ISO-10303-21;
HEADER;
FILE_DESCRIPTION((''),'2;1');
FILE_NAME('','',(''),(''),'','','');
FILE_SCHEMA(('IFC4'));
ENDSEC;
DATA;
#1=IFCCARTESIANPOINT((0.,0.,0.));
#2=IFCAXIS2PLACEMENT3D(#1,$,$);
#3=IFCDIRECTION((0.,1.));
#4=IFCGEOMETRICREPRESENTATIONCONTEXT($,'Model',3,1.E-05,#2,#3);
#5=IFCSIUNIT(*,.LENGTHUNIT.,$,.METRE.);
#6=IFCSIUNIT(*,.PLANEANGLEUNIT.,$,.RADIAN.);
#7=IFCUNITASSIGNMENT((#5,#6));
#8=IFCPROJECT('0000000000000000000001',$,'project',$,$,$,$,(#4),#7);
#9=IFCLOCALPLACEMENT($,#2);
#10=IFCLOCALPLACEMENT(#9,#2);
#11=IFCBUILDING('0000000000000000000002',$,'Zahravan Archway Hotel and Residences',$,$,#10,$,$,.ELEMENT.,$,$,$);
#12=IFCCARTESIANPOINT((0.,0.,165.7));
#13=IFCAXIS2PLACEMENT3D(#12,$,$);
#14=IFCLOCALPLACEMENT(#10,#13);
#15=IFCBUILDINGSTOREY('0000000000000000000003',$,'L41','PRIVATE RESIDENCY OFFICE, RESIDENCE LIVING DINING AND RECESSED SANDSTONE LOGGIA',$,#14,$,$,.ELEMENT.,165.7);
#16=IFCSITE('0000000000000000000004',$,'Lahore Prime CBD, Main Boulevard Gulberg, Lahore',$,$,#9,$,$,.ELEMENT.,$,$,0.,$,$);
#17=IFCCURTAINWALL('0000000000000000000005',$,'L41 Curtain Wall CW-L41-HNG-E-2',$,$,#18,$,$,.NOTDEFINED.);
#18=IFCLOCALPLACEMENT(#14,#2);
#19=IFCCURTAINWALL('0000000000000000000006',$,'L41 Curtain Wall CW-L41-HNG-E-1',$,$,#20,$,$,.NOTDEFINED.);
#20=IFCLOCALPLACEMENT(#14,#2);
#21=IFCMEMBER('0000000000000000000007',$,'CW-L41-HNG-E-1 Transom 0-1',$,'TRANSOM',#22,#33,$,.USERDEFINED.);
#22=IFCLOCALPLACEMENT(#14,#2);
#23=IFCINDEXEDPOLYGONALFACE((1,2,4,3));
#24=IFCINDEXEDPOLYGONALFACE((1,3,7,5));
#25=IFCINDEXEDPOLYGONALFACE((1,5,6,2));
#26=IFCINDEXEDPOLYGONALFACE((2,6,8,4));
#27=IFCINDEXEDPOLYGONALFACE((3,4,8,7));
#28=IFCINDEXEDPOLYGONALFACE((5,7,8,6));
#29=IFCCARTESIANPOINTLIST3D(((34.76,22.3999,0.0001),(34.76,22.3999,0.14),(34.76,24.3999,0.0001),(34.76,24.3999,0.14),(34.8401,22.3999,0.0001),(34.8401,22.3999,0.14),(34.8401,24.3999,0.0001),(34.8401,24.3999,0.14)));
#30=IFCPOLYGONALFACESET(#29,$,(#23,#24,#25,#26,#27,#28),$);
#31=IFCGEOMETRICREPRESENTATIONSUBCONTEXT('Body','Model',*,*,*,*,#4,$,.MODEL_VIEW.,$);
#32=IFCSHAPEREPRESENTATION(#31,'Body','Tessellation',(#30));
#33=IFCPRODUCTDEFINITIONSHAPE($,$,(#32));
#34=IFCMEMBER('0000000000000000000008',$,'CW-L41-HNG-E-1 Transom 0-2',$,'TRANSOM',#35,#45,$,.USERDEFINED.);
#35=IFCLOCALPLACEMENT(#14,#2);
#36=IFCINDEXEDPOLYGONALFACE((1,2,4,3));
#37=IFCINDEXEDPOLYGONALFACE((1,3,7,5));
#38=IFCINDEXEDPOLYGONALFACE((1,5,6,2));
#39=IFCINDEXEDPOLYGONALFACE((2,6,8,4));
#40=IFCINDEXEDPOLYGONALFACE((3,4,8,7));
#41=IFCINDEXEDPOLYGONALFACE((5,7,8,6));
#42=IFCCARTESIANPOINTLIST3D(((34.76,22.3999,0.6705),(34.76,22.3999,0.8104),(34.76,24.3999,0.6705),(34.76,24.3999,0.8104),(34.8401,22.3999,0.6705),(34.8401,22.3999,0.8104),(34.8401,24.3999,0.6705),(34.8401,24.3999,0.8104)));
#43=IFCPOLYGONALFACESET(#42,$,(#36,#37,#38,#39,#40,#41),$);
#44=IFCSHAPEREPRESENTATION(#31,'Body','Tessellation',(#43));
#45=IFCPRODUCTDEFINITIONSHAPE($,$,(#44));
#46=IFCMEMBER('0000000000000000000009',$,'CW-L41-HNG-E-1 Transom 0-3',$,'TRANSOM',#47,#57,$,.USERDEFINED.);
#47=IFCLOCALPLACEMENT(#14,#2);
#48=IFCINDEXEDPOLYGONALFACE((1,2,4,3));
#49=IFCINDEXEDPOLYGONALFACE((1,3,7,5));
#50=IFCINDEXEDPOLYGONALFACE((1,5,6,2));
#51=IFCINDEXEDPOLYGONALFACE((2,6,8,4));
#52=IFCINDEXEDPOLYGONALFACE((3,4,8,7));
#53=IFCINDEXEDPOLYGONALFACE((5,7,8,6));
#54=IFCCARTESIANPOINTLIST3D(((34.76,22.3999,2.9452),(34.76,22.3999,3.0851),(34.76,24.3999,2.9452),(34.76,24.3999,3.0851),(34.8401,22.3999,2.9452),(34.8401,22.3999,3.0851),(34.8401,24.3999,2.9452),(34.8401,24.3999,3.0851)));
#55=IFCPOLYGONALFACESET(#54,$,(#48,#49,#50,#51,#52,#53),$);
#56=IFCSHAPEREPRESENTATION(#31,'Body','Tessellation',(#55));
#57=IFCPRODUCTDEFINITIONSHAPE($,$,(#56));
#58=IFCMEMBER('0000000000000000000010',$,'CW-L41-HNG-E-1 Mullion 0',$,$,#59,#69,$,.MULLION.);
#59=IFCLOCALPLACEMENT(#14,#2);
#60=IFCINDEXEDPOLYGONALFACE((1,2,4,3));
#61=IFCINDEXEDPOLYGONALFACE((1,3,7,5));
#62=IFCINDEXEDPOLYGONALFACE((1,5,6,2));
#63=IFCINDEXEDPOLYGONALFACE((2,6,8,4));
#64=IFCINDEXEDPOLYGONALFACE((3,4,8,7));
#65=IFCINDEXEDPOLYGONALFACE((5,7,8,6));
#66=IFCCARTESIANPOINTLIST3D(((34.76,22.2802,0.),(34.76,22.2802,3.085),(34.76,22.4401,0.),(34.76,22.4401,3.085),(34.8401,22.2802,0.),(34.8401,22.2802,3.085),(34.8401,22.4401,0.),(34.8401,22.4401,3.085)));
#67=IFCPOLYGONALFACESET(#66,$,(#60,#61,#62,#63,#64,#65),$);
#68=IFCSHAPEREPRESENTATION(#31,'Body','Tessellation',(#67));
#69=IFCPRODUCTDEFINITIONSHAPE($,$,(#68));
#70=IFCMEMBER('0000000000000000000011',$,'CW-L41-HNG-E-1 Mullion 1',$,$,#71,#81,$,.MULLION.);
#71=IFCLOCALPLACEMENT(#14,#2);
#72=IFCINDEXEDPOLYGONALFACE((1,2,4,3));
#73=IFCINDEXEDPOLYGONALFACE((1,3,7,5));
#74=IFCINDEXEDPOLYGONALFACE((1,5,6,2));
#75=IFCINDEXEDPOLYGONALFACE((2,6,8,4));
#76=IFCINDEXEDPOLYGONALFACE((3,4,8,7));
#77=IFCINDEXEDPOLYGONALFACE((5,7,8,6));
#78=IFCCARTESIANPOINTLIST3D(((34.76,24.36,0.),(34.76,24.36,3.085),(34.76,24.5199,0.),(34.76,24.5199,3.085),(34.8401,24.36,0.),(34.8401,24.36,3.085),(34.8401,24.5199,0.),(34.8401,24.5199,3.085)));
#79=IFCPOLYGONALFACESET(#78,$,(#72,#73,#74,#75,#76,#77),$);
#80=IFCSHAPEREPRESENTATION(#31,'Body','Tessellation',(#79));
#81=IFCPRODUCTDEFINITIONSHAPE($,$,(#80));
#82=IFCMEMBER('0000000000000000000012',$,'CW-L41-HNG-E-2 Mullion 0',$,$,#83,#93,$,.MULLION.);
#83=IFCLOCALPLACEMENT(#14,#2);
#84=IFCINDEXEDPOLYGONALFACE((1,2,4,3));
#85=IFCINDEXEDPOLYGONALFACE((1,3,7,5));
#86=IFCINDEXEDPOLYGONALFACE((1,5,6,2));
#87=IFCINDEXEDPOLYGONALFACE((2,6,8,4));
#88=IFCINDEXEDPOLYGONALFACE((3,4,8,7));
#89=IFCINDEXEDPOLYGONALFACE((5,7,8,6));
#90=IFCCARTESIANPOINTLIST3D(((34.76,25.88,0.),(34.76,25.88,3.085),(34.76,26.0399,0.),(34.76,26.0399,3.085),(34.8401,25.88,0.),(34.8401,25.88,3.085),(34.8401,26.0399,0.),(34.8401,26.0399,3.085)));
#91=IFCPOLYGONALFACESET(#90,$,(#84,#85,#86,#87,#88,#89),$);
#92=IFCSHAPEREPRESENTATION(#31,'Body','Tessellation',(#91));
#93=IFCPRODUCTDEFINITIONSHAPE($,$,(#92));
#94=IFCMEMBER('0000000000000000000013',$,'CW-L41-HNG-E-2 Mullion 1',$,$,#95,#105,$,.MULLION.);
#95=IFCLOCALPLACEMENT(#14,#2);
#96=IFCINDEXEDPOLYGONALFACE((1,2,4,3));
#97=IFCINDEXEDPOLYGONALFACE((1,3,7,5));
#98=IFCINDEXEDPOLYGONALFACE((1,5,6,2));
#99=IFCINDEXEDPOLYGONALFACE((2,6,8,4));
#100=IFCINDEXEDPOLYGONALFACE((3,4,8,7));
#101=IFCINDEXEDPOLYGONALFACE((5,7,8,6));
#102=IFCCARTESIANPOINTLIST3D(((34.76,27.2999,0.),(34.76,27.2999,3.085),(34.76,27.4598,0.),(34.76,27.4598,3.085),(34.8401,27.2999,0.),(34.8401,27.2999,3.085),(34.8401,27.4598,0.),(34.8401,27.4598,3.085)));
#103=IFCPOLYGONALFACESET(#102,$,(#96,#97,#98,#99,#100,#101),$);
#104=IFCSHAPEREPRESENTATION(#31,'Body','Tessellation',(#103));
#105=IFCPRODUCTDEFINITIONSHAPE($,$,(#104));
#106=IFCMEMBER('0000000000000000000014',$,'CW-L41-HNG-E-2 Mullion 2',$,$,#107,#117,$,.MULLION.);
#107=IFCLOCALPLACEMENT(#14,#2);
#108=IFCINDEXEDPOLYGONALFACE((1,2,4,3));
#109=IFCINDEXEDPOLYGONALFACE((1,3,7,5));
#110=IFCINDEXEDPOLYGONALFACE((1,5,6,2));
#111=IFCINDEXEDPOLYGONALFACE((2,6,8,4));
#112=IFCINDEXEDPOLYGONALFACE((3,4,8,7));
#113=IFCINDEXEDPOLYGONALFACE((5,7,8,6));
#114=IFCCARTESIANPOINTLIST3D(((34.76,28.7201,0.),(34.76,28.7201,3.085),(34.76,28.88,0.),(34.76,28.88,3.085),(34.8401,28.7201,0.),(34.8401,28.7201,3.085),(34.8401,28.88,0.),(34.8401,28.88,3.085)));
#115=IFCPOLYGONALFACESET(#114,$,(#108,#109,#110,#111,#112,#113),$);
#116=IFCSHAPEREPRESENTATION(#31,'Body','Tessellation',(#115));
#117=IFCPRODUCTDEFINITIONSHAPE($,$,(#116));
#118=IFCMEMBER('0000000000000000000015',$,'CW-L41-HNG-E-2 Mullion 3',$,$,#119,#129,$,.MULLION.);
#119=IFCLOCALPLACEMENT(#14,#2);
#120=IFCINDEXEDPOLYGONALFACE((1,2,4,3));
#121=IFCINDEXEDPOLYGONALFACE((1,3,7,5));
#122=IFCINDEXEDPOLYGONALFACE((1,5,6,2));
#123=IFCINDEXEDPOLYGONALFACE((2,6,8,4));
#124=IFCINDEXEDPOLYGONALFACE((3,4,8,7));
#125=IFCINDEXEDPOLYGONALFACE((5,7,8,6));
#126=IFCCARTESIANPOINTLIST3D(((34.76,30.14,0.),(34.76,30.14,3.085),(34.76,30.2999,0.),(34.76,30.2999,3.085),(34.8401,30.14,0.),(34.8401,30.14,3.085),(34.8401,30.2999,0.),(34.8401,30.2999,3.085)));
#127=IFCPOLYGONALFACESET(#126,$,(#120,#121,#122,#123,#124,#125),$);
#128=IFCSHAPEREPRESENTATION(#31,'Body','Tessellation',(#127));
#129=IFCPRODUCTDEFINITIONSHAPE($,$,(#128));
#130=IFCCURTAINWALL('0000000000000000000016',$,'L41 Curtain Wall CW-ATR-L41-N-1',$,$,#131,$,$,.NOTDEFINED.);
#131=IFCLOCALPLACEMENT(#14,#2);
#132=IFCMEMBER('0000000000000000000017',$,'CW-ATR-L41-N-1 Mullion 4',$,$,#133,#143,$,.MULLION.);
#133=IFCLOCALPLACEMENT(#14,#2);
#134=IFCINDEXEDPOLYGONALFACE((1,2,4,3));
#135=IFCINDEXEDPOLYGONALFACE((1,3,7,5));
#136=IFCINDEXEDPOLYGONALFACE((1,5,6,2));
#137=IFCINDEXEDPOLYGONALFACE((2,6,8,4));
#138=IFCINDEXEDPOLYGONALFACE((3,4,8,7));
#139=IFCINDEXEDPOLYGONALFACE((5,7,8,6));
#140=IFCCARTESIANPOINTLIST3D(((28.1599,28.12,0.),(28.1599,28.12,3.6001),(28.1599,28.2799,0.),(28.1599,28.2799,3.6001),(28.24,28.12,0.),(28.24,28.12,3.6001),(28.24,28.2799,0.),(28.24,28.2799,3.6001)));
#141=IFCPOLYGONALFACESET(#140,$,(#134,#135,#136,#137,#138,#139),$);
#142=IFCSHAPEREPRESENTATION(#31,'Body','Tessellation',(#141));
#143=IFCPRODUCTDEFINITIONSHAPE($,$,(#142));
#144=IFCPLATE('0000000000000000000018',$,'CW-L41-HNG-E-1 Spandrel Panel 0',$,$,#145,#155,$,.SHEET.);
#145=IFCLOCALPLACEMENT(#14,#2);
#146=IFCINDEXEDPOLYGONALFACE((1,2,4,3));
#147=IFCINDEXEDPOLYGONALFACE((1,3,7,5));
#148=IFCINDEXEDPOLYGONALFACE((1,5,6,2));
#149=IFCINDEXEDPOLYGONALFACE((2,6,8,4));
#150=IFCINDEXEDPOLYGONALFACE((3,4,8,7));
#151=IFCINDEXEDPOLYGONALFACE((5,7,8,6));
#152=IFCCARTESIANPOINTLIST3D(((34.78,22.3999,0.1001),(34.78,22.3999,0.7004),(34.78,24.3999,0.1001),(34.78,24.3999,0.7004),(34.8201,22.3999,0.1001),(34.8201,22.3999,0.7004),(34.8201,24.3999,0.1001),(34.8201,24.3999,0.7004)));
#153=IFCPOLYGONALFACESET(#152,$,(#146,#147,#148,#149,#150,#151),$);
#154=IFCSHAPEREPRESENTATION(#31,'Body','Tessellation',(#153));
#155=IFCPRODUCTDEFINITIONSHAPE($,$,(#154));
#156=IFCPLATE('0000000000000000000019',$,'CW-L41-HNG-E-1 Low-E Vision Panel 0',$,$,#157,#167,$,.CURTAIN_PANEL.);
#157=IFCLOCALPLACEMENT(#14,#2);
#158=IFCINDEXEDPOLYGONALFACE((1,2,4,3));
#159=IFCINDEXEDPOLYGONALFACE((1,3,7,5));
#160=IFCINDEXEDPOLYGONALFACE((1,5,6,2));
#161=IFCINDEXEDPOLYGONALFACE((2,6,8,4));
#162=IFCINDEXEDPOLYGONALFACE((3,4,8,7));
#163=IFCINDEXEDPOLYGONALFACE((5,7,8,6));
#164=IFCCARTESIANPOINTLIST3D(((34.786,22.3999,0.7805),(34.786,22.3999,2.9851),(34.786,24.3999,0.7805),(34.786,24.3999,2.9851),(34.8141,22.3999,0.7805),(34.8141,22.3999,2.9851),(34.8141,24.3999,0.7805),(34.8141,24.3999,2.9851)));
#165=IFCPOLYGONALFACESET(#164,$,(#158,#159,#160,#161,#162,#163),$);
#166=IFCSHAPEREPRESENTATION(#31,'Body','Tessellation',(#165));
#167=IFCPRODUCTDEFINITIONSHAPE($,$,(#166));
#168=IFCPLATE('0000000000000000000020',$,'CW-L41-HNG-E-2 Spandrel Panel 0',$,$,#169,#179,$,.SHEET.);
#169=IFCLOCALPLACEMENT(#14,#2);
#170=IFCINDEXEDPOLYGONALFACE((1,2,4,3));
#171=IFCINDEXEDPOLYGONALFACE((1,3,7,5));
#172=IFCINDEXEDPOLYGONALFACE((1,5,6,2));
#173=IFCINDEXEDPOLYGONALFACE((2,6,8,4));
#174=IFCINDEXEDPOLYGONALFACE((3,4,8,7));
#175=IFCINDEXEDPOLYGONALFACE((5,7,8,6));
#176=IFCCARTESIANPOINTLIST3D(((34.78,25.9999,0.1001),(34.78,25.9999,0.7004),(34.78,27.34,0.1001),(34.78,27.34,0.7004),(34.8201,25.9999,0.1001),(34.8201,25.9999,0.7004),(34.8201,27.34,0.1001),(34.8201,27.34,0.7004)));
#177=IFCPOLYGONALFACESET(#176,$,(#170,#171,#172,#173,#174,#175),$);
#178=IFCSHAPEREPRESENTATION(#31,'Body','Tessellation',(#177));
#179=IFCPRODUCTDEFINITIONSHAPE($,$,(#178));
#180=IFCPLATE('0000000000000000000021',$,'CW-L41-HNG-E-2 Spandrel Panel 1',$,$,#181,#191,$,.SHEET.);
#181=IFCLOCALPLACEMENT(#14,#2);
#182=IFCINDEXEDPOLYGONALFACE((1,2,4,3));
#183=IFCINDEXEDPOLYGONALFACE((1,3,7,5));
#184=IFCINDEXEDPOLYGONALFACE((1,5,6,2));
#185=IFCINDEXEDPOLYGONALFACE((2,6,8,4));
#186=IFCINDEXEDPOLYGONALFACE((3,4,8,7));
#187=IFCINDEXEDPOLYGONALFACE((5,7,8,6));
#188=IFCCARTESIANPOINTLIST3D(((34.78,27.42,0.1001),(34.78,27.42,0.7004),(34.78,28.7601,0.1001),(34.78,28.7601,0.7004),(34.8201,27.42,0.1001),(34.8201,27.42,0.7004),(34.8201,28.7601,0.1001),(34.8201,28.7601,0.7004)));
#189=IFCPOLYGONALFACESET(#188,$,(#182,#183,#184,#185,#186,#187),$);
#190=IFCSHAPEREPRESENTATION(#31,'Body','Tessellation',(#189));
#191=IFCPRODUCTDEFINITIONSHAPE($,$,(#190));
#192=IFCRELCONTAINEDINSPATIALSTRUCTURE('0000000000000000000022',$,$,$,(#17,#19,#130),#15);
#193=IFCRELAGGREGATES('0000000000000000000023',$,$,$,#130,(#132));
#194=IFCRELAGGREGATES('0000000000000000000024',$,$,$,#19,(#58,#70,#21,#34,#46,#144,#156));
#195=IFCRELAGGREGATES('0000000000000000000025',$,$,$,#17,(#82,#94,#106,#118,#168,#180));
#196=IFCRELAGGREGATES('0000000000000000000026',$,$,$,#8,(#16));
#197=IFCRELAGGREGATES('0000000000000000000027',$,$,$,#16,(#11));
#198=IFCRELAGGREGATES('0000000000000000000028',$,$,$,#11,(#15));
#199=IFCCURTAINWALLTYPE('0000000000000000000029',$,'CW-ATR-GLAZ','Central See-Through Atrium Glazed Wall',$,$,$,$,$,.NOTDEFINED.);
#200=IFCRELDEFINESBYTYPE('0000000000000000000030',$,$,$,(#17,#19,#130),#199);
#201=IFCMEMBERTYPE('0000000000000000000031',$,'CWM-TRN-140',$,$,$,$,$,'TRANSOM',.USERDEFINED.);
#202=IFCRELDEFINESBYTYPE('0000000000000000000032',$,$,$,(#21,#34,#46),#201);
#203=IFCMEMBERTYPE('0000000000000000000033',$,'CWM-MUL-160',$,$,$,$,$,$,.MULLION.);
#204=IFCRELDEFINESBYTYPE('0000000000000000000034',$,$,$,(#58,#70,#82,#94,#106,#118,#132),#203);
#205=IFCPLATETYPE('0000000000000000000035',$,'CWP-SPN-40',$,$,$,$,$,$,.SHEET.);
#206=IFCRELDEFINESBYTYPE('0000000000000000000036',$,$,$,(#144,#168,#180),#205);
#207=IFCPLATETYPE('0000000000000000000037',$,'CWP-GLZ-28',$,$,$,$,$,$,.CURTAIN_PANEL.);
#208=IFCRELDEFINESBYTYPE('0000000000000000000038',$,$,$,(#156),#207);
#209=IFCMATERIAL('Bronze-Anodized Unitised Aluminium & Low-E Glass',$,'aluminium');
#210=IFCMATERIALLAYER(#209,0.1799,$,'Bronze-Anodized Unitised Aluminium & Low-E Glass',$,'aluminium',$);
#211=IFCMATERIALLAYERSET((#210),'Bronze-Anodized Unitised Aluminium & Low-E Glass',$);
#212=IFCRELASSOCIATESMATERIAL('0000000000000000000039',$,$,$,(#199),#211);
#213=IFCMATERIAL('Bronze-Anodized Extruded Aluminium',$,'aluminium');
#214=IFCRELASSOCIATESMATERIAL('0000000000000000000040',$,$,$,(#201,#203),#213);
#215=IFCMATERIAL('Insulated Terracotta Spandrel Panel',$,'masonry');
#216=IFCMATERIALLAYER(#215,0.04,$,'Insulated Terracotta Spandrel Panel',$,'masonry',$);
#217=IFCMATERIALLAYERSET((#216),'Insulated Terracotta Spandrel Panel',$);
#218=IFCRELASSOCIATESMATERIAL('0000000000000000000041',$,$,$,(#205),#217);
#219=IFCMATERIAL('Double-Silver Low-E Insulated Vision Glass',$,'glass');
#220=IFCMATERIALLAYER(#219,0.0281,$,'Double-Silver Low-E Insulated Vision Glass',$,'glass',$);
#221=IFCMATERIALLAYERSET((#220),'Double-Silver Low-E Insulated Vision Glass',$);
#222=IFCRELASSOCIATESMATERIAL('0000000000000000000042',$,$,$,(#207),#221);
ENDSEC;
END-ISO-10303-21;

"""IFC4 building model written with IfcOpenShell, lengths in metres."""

from ifc_helpers import new_model, si_unit, direction, frame, origin, origin_2d, place, context, subcontext, project, spatial, rectangle, extrude, source, transform, mapped, material, layer, layer_set, material_profile, profile_set, type_object, element, aggregate, save


model = new_model("IFC4")

# Units and contexts
model_context = context("Model", 3, precision=1e-05, world=origin(), true_north=direction((0.0, 1.0)))
body_context = subcontext(model_context, "Body", "Model", "MODEL_VIEW")
ifc_project = project(units=[si_unit("LENGTHUNIT", "METRE"), si_unit("PLANEANGLEUNIT", "RADIAN")], contexts=[model_context])

# Site, building, storey
site_placement = place(None, origin())
site = spatial("IfcSite", under=ifc_project, at=site_placement, Name="Lahore Prime CBD, Main Boulevard Gulberg, Lahore", CompositionType="ELEMENT", RefElevation=0.0)
building_placement = place(site_placement, origin())
building = spatial("IfcBuilding", under=site, at=building_placement, Name="Zahravan Archway Hotel and Residences", CompositionType="ELEMENT")
storey_placement = place(building_placement, frame((0.0, 0.0, 165.7)))
storey = spatial("IfcBuildingStorey", under=building, at=storey_placement, Name="L41", Description="PRIVATE RESIDENCY OFFICE, RESIDENCE LIVING DINING AND RECESSED SANDSTONE LOGGIA", CompositionType="ELEMENT", Elevation=165.7)

# Curtain walls, members
ifc_material_1 = material(Name="Bronze-Anodized Unitised Aluminium & Low-E Glass", Category="aluminium")
ifc_layer_1 = layer(ifc_material_1, 0.1799, Name="Bronze-Anodized Unitised Aluminium & Low-E Glass", Category="aluminium")
ifc_layer_set_1 = layer_set([ifc_layer_1], Name="Bronze-Anodized Unitised Aluminium & Low-E Glass")
curtain_wall_type = type_object("IfcCurtainWallType", Name="CW-ATR-GLAZ", Description="Central See-Through Atrium Glazed Wall", PredefinedType="NOTDEFINED", material=ifc_layer_set_1)
curtain_wall_1_placement = place(storey_placement, origin())
curtain_wall_1 = element("IfcCurtainWall", 1, at=curtain_wall_1_placement, inside=storey, type_object=curtain_wall_type, Name="L41 Curtain Wall CW-L41-HNG-E-2", PredefinedType="NOTDEFINED")
ifc_material_2 = material(Name="Bronze-Anodized Extruded Aluminium", Category="aluminium")
ifc_material_profile_1 = material_profile(ifc_material_2, rectangle(XDim=0.0801, YDim=0.1399, at=origin_2d()), Name="TRN 80x140", Category="aluminium")
ifc_profile_set_1 = profile_set([ifc_material_profile_1], Name="Bronze-Anodized Extruded Aluminium")
member_type_1 = type_object("IfcMemberType", Name="CWM-TRN-140", ElementType="TRANSOM", PredefinedType="USERDEFINED", material=ifc_profile_set_1)
curtain_wall_2_placement = place(storey_placement, origin())
curtain_wall_2 = element("IfcCurtainWall", 2, at=curtain_wall_2_placement, inside=storey, type_object=curtain_wall_type, Name="L41 Curtain Wall CW-L41-HNG-E-1", PredefinedType="NOTDEFINED")
shared_shape_1 = source(origin(), body_context, "Body", "SweptSolid", [
    extrude(rectangle(XDim=0.0801, YDim=0.1399, at=origin_2d()), origin(), (0.0, 0.0, 1.0), 2.0),
])
member_1_placement = place(storey_placement, frame((34.8, 22.3999, 0.0701), z_axis=(0.0, 1.0, 0.0), x_axis=(-1.0, 0.0, 0.0)))
member_1 = element("IfcMember", 3, at=member_1_placement, type_object=member_type_1, Name="CW-L41-HNG-E-1 Transom 0-1", ObjectType="TRANSOM", PredefinedType="USERDEFINED", context=body_context, shape_type="MappedRepresentation", body=[
    mapped(shared_shape_1, transform((0.0, 0.0, 0.0), scale=1.0)),
])
member_2_placement = place(storey_placement, frame((34.8, 22.3999, 0.7405), z_axis=(0.0, 1.0, 0.0), x_axis=(-1.0, 0.0, 0.0)))
member_2 = element("IfcMember", 4, at=member_2_placement, type_object=member_type_1, Name="CW-L41-HNG-E-1 Transom 0-2", ObjectType="TRANSOM", PredefinedType="USERDEFINED", context=body_context, shape_type="MappedRepresentation", body=[
    mapped(shared_shape_1, transform((0.0, 0.0, 0.0), scale=1.0)),
])
member_3_placement = place(storey_placement, frame((34.8, 22.3999, 3.0151), z_axis=(0.0, 1.0, 0.0), x_axis=(-1.0, 0.0, 0.0)))
member_3 = element("IfcMember", 5, at=member_3_placement, type_object=member_type_1, Name="CW-L41-HNG-E-1 Transom 0-3", ObjectType="TRANSOM", PredefinedType="USERDEFINED", context=body_context, shape_type="MappedRepresentation", body=[
    mapped(shared_shape_1, transform((0.0, 0.0, 0.0), scale=1.0)),
])
ifc_material_profile_2 = material_profile(ifc_material_2, rectangle(XDim=0.0801, YDim=0.1599, at=origin_2d()), Name="MUL 80x160", Category="aluminium")
ifc_profile_set_2 = profile_set([ifc_material_profile_2], Name="Bronze-Anodized Extruded Aluminium")
member_type_2 = type_object("IfcMemberType", Name="CWM-MUL-160", PredefinedType="MULLION", material=ifc_profile_set_2)
shared_shape_2 = source(origin(), body_context, "Body", "SweptSolid", [
    extrude(rectangle(XDim=0.0801, YDim=0.1599, at=origin_2d()), origin(), (0.0, 0.0, 1.0), 3.085),
])
member_4_placement = place(storey_placement, frame((34.8, 22.3601, 0.0), z_axis=(0.0, 0.0, 1.0), x_axis=(1.0, 0.0, 0.0)))
member_4 = element("IfcMember", 6, at=member_4_placement, type_object=member_type_2, Name="CW-L41-HNG-E-1 Mullion 0", PredefinedType="MULLION", context=body_context, shape_type="MappedRepresentation", body=[
    mapped(shared_shape_2, transform((0.0, 0.0, 0.0), scale=1.0)),
])
member_5_placement = place(storey_placement, frame((34.8, 24.4399, 0.0), z_axis=(0.0, 0.0, 1.0), x_axis=(1.0, 0.0, 0.0)))
member_5 = element("IfcMember", 7, at=member_5_placement, type_object=member_type_2, Name="CW-L41-HNG-E-1 Mullion 1", PredefinedType="MULLION", context=body_context, shape_type="MappedRepresentation", body=[
    mapped(shared_shape_2, transform((0.0, 0.0, 0.0), scale=1.0)),
])

# Members
member_6_placement = place(storey_placement, frame((34.8, 25.96, 0.0), z_axis=(0.0, 0.0, 1.0), x_axis=(1.0, 0.0, 0.0)))
member_6 = element("IfcMember", 8, at=member_6_placement, type_object=member_type_2, Name="CW-L41-HNG-E-2 Mullion 0", PredefinedType="MULLION", context=body_context, shape_type="MappedRepresentation", body=[
    mapped(shared_shape_2, transform((0.0, 0.0, 0.0), scale=1.0)),
])
member_7_placement = place(storey_placement, frame((34.8, 27.3799, 0.0), z_axis=(0.0, 0.0, 1.0), x_axis=(1.0, 0.0, 0.0)))
member_7 = element("IfcMember", 9, at=member_7_placement, type_object=member_type_2, Name="CW-L41-HNG-E-2 Mullion 1", PredefinedType="MULLION", context=body_context, shape_type="MappedRepresentation", body=[
    mapped(shared_shape_2, transform((0.0, 0.0, 0.0), scale=1.0)),
])
member_8_placement = place(storey_placement, frame((34.8, 28.8, 0.0), z_axis=(0.0, 0.0, 1.0), x_axis=(1.0, 0.0, 0.0)))
member_8 = element("IfcMember", 10, at=member_8_placement, type_object=member_type_2, Name="CW-L41-HNG-E-2 Mullion 2", PredefinedType="MULLION", context=body_context, shape_type="MappedRepresentation", body=[
    mapped(shared_shape_2, transform((0.0, 0.0, 0.0), scale=1.0)),
])
member_9_placement = place(storey_placement, frame((34.8, 30.22, 0.0), z_axis=(0.0, 0.0, 1.0), x_axis=(1.0, 0.0, 0.0)))
member_9 = element("IfcMember", 11, at=member_9_placement, type_object=member_type_2, Name="CW-L41-HNG-E-2 Mullion 3", PredefinedType="MULLION", context=body_context, shape_type="MappedRepresentation", body=[
    mapped(shared_shape_2, transform((0.0, 0.0, 0.0), scale=1.0)),
])

# Curtain wall, member
curtain_wall_3_placement = place(storey_placement, origin())
curtain_wall_3 = element("IfcCurtainWall", 12, at=curtain_wall_3_placement, inside=storey, type_object=curtain_wall_type, Name="L41 Curtain Wall CW-ATR-L41-N-1", PredefinedType="NOTDEFINED")
shared_shape_3 = source(origin(), body_context, "Body", "SweptSolid", [
    extrude(rectangle(XDim=0.0801, YDim=0.1599, at=origin_2d()), origin(), (0.0, 0.0, 1.0), 3.6001),
])
member_10_placement = place(storey_placement, frame((28.2, 28.2, 0.0), z_axis=(0.0, 0.0, 1.0), x_axis=(1.0, 0.0, 0.0)))
member_10 = element("IfcMember", 13, at=member_10_placement, type_object=member_type_2, Name="CW-ATR-L41-N-1 Mullion 4", PredefinedType="MULLION", context=body_context, shape_type="MappedRepresentation", body=[
    mapped(shared_shape_3, transform((0.0, 0.0, 0.0), scale=1.0)),
])
aggregate(curtain_wall_3, [member_10])

# Plates
ifc_material_3 = material(Name="Insulated Terracotta Spandrel Panel", Category="masonry")
ifc_layer_2 = layer(ifc_material_3, 0.04, Name="Insulated Terracotta Spandrel Panel", Category="masonry")
ifc_layer_set_2 = layer_set([ifc_layer_2], Name="Insulated Terracotta Spandrel Panel")
plate_type_1 = type_object("IfcPlateType", Name="CWP-SPN-40", PredefinedType="SHEET", material=ifc_layer_set_2)
shared_shape_4 = source(origin(), body_context, "Body", "SweptSolid", [
    extrude(rectangle(XDim=2.0, YDim=0.04, at=origin_2d()), origin(), (0.0, 0.0, 1.0), 0.6003),
])
plate_1_placement = place(storey_placement, frame((34.8, 23.3999, 0.1001), z_axis=(0.0, 0.0, 1.0), x_axis=(0.0, 1.0, 0.0)))
plate_1 = element("IfcPlate", 14, at=plate_1_placement, type_object=plate_type_1, Name="CW-L41-HNG-E-1 Spandrel Panel 0", PredefinedType="SHEET", context=body_context, shape_type="MappedRepresentation", body=[
    mapped(shared_shape_4, transform((0.0, 0.0, 0.0), scale=1.0)),
])
ifc_material_4 = material(Name="Double-Silver Low-E Insulated Vision Glass", Category="glass")
ifc_layer_3 = layer(ifc_material_4, 0.0281, Name="Double-Silver Low-E Insulated Vision Glass", Category="glass")
ifc_layer_set_3 = layer_set([ifc_layer_3], Name="Double-Silver Low-E Insulated Vision Glass")
plate_type_2 = type_object("IfcPlateType", Name="CWP-GLZ-28", PredefinedType="CURTAIN_PANEL", material=ifc_layer_set_3)
shared_shape_5 = source(origin(), body_context, "Body", "SweptSolid", [
    extrude(rectangle(XDim=2.0, YDim=0.0281, at=origin_2d()), origin(), (0.0, 0.0, 1.0), 2.2046),
])
plate_2_placement = place(storey_placement, frame((34.8, 23.3999, 0.7805), z_axis=(0.0, 0.0, 1.0), x_axis=(0.0, 1.0, 0.0)))
plate_2 = element("IfcPlate", 15, at=plate_2_placement, type_object=plate_type_2, Name="CW-L41-HNG-E-1 Low-E Vision Panel 0", PredefinedType="CURTAIN_PANEL", context=body_context, shape_type="MappedRepresentation", body=[
    mapped(shared_shape_5, transform((0.0, 0.0, 0.0), scale=1.0)),
])
aggregate(curtain_wall_2, [member_4, member_5, member_1, member_2, member_3, plate_1, plate_2])
shared_shape_6 = source(origin(), body_context, "Body", "SweptSolid", [
    extrude(rectangle(XDim=1.3401, YDim=0.04, at=origin_2d()), origin(), (0.0, 0.0, 1.0), 0.6003),
])
plate_3_placement = place(storey_placement, frame((34.8, 26.6699, 0.1001), z_axis=(0.0, 0.0, 1.0), x_axis=(0.0, 1.0, 0.0)))
plate_3 = element("IfcPlate", 16, at=plate_3_placement, type_object=plate_type_1, Name="CW-L41-HNG-E-2 Spandrel Panel 0", PredefinedType="SHEET", context=body_context, shape_type="MappedRepresentation", body=[
    mapped(shared_shape_6, transform((0.0, 0.0, 0.0), scale=1.0)),
])
plate_4_placement = place(storey_placement, frame((34.8, 28.0901, 0.1001), z_axis=(0.0, 0.0, 1.0), x_axis=(0.0, 1.0, 0.0)))
plate_4 = element("IfcPlate", 17, at=plate_4_placement, type_object=plate_type_1, Name="CW-L41-HNG-E-2 Spandrel Panel 1", PredefinedType="SHEET", context=body_context, shape_type="MappedRepresentation", body=[
    mapped(shared_shape_6, transform((0.0, 0.0, 0.0), scale=1.0)),
])
aggregate(curtain_wall_1, [member_6, member_7, member_8, member_9, plate_3, plate_4])

save(model, "model.ifc")
